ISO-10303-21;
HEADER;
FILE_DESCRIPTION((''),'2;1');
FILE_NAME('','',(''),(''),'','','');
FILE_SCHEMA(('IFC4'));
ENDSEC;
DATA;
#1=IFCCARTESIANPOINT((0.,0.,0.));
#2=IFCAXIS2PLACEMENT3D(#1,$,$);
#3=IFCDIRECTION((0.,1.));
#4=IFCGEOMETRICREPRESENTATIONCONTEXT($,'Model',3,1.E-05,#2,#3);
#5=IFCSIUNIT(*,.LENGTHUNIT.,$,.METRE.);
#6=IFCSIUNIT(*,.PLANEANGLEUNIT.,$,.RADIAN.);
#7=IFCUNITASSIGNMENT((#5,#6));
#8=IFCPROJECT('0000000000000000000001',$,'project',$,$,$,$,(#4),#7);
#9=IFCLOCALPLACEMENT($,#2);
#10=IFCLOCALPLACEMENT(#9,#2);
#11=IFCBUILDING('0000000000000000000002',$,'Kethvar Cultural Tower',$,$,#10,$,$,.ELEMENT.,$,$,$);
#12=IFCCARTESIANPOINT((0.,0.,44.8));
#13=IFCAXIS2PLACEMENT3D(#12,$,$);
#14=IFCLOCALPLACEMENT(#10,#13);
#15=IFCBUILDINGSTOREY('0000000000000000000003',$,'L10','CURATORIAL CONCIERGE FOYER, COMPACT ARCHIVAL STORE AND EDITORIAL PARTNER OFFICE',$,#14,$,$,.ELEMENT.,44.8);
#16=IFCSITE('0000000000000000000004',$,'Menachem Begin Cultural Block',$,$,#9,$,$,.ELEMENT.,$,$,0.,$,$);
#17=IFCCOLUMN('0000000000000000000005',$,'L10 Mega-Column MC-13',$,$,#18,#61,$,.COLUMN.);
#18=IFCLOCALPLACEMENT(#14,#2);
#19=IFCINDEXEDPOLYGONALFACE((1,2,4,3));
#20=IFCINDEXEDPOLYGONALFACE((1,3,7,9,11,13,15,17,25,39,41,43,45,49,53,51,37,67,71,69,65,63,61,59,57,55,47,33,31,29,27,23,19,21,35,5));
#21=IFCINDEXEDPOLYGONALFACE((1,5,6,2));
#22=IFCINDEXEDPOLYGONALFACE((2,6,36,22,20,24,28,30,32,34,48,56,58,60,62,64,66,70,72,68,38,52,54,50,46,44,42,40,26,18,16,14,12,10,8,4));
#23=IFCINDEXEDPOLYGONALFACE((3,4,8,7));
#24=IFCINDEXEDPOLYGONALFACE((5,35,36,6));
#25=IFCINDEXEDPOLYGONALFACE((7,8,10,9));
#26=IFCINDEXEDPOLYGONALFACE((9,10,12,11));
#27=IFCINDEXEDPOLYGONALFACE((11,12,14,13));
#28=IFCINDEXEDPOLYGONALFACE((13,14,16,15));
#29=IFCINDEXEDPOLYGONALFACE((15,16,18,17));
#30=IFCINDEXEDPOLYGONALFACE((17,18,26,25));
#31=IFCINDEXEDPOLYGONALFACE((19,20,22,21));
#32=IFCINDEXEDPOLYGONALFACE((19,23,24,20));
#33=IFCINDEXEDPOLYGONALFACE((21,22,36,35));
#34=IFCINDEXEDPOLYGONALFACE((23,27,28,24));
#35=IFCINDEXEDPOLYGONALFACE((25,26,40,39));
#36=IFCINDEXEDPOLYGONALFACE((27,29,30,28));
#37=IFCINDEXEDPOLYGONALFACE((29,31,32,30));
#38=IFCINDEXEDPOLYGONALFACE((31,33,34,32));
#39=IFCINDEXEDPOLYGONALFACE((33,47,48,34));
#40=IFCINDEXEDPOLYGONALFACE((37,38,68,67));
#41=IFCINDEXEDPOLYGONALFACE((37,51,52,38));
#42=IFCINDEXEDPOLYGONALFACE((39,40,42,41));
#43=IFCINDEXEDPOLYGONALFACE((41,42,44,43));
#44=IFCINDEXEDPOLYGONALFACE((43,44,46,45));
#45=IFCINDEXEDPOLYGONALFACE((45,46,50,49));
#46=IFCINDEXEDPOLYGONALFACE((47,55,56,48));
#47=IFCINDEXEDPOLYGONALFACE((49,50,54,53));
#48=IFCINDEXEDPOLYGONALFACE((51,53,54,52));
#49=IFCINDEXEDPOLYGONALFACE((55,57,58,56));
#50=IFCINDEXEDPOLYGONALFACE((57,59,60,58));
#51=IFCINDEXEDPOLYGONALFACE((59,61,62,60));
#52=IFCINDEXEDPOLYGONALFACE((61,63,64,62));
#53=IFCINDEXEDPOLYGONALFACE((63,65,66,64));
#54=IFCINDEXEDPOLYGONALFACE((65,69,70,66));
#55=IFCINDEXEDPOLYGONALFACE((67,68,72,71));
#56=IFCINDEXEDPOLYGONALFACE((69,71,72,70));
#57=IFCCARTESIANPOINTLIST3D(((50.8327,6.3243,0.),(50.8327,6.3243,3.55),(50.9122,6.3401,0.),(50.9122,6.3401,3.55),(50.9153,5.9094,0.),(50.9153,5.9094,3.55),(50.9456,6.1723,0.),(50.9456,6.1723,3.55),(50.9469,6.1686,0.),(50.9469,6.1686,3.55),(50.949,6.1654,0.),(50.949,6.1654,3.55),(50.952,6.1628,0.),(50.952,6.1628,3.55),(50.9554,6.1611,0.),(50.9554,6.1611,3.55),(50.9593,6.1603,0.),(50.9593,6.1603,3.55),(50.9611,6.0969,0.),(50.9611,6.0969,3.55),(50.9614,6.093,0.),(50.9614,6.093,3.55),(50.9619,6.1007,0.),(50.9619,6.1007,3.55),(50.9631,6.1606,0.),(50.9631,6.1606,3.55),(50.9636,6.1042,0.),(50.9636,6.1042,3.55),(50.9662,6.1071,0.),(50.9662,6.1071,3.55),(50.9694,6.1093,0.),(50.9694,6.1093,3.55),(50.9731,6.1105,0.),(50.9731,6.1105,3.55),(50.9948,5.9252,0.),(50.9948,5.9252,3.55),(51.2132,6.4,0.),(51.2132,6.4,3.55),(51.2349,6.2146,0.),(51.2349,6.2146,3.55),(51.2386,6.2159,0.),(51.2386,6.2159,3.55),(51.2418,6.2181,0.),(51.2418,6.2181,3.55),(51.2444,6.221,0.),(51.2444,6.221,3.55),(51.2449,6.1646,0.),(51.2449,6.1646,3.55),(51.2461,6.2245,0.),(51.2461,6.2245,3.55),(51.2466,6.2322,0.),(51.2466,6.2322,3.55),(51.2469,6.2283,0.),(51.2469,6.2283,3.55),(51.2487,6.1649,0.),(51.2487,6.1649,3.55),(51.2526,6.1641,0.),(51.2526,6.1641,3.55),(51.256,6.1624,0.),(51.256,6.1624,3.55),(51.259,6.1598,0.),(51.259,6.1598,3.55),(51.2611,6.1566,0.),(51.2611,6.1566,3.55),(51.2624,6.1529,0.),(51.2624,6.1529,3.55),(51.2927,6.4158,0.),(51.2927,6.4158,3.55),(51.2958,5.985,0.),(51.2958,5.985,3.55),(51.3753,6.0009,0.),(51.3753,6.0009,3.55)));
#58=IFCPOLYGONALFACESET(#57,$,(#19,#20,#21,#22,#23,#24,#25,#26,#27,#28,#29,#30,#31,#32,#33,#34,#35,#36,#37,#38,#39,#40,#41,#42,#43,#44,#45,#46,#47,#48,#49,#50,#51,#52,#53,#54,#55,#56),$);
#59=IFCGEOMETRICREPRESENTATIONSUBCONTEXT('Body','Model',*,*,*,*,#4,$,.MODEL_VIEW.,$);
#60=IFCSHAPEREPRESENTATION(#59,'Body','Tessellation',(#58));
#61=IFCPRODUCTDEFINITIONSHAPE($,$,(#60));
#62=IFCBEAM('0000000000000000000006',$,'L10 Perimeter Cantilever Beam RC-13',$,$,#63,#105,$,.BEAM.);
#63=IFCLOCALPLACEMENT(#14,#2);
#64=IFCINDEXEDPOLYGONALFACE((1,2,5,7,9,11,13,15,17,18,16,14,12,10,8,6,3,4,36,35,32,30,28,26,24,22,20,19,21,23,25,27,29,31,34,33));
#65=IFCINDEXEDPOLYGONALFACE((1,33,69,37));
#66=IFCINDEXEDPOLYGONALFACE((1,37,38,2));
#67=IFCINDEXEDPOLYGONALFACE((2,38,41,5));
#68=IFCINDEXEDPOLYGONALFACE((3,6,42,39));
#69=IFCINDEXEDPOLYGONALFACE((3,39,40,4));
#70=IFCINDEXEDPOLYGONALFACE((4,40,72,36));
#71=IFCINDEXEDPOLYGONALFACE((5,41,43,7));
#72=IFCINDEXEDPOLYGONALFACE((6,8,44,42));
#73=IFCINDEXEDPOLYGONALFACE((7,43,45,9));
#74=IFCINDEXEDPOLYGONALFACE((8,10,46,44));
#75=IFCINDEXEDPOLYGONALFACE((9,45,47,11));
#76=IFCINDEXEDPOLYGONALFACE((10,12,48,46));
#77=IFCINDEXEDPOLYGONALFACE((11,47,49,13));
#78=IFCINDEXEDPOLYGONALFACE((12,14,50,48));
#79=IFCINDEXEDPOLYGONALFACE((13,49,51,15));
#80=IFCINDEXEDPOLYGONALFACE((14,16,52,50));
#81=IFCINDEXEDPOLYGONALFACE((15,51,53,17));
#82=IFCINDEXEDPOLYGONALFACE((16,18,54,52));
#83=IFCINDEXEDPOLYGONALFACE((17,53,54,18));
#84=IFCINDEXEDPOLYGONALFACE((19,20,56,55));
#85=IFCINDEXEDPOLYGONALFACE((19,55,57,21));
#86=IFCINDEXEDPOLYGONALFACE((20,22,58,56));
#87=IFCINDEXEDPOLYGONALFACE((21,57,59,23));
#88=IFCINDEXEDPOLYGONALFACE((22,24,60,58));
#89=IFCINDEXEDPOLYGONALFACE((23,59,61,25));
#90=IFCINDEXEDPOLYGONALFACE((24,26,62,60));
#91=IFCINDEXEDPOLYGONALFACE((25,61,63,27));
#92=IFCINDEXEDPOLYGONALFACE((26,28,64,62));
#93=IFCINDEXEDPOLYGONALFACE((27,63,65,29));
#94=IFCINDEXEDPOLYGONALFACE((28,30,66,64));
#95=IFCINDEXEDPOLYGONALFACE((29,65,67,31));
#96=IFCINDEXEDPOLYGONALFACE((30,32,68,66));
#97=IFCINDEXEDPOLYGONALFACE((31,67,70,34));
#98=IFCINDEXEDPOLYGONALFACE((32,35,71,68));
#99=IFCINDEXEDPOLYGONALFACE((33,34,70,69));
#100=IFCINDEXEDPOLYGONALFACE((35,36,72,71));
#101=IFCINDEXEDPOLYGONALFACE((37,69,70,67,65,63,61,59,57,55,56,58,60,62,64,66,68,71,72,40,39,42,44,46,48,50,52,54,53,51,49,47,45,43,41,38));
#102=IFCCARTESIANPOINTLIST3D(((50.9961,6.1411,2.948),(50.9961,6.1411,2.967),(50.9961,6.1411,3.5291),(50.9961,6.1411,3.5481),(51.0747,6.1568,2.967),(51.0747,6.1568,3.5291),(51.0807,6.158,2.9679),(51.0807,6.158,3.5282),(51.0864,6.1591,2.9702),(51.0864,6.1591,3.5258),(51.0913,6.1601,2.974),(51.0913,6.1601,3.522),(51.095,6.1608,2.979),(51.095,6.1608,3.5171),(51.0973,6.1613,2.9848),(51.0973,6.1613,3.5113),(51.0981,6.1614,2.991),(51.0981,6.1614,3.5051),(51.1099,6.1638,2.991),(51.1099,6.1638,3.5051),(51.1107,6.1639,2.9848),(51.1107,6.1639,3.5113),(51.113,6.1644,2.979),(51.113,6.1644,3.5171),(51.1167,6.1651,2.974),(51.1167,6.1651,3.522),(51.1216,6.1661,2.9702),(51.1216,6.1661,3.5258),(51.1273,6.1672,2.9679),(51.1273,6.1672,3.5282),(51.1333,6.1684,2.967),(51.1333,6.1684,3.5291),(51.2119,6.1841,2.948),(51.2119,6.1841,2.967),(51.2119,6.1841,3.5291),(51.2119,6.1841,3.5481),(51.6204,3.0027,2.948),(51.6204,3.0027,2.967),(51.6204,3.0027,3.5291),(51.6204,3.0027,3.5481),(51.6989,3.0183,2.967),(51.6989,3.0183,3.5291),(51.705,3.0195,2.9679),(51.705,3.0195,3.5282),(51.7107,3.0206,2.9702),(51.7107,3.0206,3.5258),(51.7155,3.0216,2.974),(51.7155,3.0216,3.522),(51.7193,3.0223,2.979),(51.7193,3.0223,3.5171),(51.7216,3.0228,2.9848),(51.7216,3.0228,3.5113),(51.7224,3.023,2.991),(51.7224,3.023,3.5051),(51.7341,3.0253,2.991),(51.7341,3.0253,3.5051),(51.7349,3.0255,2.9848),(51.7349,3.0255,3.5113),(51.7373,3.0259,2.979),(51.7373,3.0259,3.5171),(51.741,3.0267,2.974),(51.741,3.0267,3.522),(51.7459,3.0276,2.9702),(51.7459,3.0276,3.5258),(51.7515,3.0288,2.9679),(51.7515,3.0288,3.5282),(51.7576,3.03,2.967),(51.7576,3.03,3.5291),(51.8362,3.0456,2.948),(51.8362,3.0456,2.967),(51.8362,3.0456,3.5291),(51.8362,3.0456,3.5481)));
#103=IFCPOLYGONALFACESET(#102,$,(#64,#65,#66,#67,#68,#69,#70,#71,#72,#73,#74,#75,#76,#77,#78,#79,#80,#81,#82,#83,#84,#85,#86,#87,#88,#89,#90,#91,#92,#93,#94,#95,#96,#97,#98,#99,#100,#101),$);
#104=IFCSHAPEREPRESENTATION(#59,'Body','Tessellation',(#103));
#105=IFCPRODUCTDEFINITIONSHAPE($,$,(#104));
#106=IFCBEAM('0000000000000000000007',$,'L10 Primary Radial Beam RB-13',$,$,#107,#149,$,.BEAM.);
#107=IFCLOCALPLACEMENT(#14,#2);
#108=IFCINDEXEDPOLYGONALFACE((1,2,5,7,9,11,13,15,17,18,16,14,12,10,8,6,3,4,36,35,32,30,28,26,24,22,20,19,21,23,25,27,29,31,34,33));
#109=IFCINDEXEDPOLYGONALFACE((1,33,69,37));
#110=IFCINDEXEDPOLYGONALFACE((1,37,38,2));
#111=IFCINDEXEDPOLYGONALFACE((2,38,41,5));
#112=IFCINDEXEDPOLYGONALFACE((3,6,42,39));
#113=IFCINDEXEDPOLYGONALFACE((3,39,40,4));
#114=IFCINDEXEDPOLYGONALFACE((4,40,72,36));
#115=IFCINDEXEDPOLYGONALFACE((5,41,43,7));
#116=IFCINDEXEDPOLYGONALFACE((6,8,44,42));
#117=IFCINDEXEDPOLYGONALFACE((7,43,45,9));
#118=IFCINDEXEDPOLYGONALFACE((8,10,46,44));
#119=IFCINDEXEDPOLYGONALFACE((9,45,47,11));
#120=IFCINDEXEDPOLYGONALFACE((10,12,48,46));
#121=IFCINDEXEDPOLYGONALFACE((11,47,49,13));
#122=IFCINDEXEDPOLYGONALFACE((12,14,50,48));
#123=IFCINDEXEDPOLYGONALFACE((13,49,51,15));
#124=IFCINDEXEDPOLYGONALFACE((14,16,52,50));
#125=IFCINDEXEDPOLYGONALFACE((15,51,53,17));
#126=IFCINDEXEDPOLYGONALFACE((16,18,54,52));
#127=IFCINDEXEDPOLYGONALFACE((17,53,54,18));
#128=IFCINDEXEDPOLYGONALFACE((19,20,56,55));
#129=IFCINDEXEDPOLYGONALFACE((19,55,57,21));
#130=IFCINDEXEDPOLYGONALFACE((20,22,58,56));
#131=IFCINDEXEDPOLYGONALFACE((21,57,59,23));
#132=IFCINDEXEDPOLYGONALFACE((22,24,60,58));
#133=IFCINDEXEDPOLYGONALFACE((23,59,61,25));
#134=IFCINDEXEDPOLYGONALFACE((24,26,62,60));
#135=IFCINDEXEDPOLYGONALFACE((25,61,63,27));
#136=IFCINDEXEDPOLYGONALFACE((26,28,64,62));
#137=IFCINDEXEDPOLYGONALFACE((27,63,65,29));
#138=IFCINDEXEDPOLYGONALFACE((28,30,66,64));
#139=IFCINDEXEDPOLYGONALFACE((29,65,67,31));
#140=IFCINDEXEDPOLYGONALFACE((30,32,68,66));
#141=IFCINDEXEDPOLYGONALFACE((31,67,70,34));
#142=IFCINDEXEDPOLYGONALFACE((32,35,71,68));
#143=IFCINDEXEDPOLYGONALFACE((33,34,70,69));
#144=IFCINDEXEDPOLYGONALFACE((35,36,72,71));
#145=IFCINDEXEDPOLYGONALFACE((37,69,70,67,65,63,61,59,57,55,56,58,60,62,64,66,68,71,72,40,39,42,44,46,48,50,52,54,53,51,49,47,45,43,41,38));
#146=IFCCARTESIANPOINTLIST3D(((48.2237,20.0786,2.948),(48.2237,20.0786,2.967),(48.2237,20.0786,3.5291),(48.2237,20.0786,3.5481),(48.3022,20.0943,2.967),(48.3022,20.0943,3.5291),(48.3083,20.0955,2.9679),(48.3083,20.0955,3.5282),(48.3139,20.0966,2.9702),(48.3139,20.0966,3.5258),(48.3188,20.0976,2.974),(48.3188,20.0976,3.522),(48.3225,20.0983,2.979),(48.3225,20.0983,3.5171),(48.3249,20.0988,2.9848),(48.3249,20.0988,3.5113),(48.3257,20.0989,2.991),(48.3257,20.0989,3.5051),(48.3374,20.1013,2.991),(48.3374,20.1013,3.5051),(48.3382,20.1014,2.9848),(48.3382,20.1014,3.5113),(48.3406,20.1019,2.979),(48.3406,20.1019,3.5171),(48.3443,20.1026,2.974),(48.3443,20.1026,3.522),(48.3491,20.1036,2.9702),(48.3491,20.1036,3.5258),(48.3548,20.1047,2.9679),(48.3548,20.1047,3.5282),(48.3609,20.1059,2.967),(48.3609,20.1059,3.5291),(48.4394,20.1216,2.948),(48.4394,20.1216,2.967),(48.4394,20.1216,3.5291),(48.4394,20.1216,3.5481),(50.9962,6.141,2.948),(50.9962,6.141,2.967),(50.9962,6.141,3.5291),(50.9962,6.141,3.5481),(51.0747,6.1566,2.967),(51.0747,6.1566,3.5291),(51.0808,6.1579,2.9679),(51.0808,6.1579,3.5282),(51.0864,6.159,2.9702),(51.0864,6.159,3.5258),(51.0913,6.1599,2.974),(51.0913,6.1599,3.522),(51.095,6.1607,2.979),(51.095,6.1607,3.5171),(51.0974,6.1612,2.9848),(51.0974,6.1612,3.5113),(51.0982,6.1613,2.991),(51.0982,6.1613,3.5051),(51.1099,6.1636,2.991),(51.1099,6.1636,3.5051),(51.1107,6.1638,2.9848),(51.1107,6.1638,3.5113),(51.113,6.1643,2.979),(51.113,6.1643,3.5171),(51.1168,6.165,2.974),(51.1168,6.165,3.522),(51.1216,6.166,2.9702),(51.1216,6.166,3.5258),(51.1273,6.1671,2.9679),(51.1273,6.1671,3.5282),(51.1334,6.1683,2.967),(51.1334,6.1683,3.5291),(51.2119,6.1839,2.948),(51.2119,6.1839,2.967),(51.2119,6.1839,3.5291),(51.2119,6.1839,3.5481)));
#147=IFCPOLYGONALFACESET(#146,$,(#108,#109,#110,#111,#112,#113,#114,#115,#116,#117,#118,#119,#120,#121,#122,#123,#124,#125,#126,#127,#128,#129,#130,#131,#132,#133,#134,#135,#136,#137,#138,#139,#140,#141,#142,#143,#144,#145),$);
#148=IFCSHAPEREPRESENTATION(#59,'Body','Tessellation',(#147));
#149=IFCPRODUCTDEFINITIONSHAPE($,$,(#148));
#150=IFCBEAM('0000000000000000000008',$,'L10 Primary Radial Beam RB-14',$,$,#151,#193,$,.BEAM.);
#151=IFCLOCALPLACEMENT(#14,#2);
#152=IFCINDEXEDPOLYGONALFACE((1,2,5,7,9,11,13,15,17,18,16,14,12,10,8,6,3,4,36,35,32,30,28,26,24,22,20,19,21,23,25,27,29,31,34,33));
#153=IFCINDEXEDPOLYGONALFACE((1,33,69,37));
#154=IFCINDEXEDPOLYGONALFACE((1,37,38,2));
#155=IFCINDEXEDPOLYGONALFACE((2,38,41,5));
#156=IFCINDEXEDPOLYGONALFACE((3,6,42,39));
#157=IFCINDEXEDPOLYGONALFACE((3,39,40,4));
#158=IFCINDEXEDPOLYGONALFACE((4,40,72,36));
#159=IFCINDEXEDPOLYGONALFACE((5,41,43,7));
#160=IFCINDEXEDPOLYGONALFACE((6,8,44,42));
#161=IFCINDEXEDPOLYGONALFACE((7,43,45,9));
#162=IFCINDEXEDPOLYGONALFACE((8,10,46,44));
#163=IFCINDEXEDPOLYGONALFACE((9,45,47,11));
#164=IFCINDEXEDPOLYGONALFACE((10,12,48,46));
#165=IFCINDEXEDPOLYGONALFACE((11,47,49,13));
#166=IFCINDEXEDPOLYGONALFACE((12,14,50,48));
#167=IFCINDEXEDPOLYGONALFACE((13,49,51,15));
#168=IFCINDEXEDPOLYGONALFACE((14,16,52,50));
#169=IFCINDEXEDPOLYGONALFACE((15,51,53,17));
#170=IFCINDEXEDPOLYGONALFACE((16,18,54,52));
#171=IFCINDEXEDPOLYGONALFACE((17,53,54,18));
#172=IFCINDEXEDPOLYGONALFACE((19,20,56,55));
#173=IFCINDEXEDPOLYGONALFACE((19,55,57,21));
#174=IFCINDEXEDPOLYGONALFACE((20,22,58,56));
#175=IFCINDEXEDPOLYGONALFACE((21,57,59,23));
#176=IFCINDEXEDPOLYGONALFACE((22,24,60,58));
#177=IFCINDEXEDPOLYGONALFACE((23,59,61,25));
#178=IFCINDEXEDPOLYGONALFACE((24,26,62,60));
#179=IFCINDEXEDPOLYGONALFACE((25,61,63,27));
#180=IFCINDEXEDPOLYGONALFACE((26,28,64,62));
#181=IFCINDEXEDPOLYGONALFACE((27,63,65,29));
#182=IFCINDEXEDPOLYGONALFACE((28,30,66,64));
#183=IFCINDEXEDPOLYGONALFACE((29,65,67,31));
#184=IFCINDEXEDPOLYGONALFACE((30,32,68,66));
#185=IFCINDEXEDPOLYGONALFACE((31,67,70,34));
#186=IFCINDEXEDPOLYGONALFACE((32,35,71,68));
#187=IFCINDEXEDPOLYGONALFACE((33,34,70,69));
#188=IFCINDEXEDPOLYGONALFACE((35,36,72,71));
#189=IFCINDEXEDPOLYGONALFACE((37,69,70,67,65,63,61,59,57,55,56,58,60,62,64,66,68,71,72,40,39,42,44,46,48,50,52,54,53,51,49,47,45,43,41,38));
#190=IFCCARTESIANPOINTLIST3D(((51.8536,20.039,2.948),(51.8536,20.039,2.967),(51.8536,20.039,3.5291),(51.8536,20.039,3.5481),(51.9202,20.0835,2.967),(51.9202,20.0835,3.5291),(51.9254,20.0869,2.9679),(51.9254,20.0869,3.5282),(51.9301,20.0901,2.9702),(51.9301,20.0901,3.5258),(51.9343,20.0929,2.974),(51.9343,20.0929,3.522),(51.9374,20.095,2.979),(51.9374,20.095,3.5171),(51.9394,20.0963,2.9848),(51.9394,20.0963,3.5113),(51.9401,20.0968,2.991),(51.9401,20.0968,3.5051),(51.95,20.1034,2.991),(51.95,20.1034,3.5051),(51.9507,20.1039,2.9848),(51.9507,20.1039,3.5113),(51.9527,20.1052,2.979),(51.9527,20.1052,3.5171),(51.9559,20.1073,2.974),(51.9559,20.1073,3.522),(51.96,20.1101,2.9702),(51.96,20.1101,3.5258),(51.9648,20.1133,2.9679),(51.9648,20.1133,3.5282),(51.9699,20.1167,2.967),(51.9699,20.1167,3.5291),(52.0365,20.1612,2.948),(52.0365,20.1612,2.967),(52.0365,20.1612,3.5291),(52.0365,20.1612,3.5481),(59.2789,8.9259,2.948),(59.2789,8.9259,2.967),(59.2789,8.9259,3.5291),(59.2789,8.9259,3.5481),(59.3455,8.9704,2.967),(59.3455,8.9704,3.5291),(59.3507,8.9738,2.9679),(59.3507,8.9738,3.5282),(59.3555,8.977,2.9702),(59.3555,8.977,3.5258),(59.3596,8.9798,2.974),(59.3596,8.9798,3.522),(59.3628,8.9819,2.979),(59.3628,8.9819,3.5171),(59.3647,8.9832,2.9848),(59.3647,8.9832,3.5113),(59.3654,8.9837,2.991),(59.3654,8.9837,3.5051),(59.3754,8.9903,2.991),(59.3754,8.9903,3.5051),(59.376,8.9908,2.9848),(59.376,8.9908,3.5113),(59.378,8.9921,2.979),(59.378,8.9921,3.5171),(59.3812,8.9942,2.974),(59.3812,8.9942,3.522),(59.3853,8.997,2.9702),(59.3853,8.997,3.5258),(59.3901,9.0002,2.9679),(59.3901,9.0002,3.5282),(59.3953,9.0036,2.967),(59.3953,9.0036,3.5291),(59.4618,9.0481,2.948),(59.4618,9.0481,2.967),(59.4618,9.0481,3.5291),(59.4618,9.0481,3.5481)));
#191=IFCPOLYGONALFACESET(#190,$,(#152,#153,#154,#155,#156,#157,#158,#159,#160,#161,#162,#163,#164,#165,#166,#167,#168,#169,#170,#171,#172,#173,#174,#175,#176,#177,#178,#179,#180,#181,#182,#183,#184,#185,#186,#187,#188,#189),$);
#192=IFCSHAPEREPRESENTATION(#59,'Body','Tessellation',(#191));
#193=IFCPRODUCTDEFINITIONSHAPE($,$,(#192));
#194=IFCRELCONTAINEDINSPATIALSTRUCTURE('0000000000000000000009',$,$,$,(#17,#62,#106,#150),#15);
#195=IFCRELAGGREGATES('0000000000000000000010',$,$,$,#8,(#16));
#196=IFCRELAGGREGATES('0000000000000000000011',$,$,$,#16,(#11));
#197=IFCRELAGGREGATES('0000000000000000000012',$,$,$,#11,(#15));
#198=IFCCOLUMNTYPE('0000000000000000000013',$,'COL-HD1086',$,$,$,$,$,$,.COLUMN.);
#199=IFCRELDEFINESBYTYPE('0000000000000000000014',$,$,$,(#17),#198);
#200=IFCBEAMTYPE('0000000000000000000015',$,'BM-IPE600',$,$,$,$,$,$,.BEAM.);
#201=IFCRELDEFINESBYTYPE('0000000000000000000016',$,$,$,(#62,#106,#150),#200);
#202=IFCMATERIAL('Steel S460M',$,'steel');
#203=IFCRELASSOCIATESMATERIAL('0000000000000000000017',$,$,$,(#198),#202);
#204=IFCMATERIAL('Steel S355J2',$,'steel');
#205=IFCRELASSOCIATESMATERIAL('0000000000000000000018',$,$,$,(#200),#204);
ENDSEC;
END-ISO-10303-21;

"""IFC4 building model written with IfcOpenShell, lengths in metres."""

from ifc_helpers import new_model, si_unit, direction, frame, origin, origin_2d, place, context, subcontext, project, spatial, i_section, extrude, source, transform, mapped, material, material_profile, profile_set, type_object, element, save


model = new_model("IFC4")

# Units and contexts
model_context = context("Model", 3, precision=1e-05, world=origin(), true_north=direction((0.0, 1.0)))
body_context = subcontext(model_context, "Body", "Model", "MODEL_VIEW")
ifc_project = project(units=[si_unit("LENGTHUNIT", "METRE"), si_unit("PLANEANGLEUNIT", "RADIAN")], contexts=[model_context])

# Site, building, storey
site_placement = place(None, origin())
site = spatial("IfcSite", under=ifc_project, at=site_placement, Name="Menachem Begin Cultural Block", CompositionType="ELEMENT", RefElevation=0.0)
building_placement = place(site_placement, origin())
building = spatial("IfcBuilding", under=site, at=building_placement, Name="Kethvar Cultural Tower", CompositionType="ELEMENT")
storey_placement = place(building_placement, frame((0.0, 0.0, 44.8)))
storey = spatial("IfcBuildingStorey", under=building, at=storey_placement, Name="L10", Description="CURATORIAL CONCIERGE FOYER, COMPACT ARCHIVAL STORE AND EDITORIAL PARTNER OFFICE", CompositionType="ELEMENT", Elevation=44.8)

# Column
ifc_material_1 = material(Name="Steel S460M", Category="steel")
ifc_material_profile_1 = material_profile(ifc_material_1, i_section(OverallWidth=0.4231, OverallDepth=0.469, WebThickness=0.051, FlangeThickness=0.0811, FilletRadius=0.0149, at=origin_2d()), Name="Steel S460M — HD400x1086")
ifc_profile_set_1 = profile_set([ifc_material_profile_1], Name="Steel S460M — HD400x1086")
column_type = type_object("IfcColumnType", Name="COL-HD1086", PredefinedType="COLUMN", material=ifc_profile_set_1)
shared_shape_1 = source(origin(), body_context, "Body", "SweptSolid", [
    extrude(i_section(OverallWidth=0.4231, OverallDepth=0.469, WebThickness=0.051, FlangeThickness=0.0811, FilletRadius=0.0149, at=origin_2d()), origin(), (0.0, 0.0, 1.0), 3.55),
])
column_placement = place(storey_placement, frame((51.104, 6.1626, 0.0), z_axis=(0.0, 0.0, 1.0), x_axis=(0.19509, -0.980785, 0.0)))
element("IfcColumn", 1, at=column_placement, inside=storey, type_object=column_type, Name="L10 Mega-Column MC-13", PredefinedType="COLUMN", context=body_context, shape_type="MappedRepresentation", body=[
    mapped(shared_shape_1, transform((0.0, 0.0, 0.0), scale=1.0)),
])

# Beams
ifc_material_2 = material(Name="Steel S355J2", Category="steel")
ifc_material_profile_2 = material_profile(ifc_material_2, i_section(OverallWidth=0.22, OverallDepth=0.6001, WebThickness=0.012, FlangeThickness=0.019, FilletRadius=0.0239, at=origin_2d()), Name="Steel S355J2 — IPE600")
ifc_profile_set_2 = profile_set([ifc_material_profile_2], Name="Steel S355J2 — IPE600")
beam_type_1 = type_object("IfcBeamType", Name="BM-IPE600", PredefinedType="BEAM", material=ifc_profile_set_2)
shared_shape_2 = source(origin(), body_context, "Body", "SweptSolid", [
    extrude(i_section(OverallWidth=0.22, OverallDepth=0.6001, WebThickness=0.012, FlangeThickness=0.019, FilletRadius=0.0239, at=origin_2d()), origin(), (0.0, 0.0, 1.0), 3.2),
])
beam_1_placement = place(storey_placement, frame((51.104, 6.1626, 3.248), z_axis=(0.195089, -0.980786, 0.0), x_axis=(0.980786, 0.195089, 0.0)))
element("IfcBeam", 2, at=beam_1_placement, inside=storey, type_object=beam_type_1, Name="L10 Perimeter Cantilever Beam RC-13", PredefinedType="BEAM", context=body_context, shape_type="MappedRepresentation", body=[
    mapped(shared_shape_2, transform((0.0, 0.0, 0.0), scale=1.0)),
])
shared_shape_3 = source(origin(), body_context, "Body", "SweptSolid", [
    extrude(i_section(OverallWidth=0.22, OverallDepth=0.6001, WebThickness=0.012, FlangeThickness=0.019, FilletRadius=0.0239, at=origin_2d()), origin(), (0.0, 0.0, 1.0), 14.2107),
])
beam_2_placement = place(storey_placement, frame((48.3315, 20.1001, 3.248), z_axis=(0.195098, -0.980784, 0.0), x_axis=(0.980784, 0.195098, 0.0)))
element("IfcBeam", 3, at=beam_2_placement, inside=storey, type_object=beam_type_1, Name="L10 Primary Radial Beam RB-13", PredefinedType="BEAM", context=body_context, shape_type="MappedRepresentation", body=[
    mapped(shared_shape_3, transform((0.0, 0.0, 0.0), scale=1.0)),
])
shared_shape_4 = source(origin(), body_context, "Body", "SweptSolid", [
    extrude(i_section(OverallWidth=0.22, OverallDepth=0.6001, WebThickness=0.012, FlangeThickness=0.019, FilletRadius=0.0239, at=origin_2d()), origin(), (0.0, 0.0, 1.0), 13.3655),
])
beam_3_placement = place(storey_placement, frame((51.9451, 20.1001, 3.248), z_axis=(0.55556, -0.831477, 0.0), x_axis=(0.831477, 0.55556, 0.0)))
element("IfcBeam", 4, at=beam_3_placement, inside=storey, type_object=beam_type_1, Name="L10 Primary Radial Beam RB-14", PredefinedType="BEAM", context=body_context, shape_type="MappedRepresentation", body=[
    mapped(shared_shape_4, transform((0.0, 0.0, 0.0), scale=1.0)),
])

save(model, "model.ifc")
